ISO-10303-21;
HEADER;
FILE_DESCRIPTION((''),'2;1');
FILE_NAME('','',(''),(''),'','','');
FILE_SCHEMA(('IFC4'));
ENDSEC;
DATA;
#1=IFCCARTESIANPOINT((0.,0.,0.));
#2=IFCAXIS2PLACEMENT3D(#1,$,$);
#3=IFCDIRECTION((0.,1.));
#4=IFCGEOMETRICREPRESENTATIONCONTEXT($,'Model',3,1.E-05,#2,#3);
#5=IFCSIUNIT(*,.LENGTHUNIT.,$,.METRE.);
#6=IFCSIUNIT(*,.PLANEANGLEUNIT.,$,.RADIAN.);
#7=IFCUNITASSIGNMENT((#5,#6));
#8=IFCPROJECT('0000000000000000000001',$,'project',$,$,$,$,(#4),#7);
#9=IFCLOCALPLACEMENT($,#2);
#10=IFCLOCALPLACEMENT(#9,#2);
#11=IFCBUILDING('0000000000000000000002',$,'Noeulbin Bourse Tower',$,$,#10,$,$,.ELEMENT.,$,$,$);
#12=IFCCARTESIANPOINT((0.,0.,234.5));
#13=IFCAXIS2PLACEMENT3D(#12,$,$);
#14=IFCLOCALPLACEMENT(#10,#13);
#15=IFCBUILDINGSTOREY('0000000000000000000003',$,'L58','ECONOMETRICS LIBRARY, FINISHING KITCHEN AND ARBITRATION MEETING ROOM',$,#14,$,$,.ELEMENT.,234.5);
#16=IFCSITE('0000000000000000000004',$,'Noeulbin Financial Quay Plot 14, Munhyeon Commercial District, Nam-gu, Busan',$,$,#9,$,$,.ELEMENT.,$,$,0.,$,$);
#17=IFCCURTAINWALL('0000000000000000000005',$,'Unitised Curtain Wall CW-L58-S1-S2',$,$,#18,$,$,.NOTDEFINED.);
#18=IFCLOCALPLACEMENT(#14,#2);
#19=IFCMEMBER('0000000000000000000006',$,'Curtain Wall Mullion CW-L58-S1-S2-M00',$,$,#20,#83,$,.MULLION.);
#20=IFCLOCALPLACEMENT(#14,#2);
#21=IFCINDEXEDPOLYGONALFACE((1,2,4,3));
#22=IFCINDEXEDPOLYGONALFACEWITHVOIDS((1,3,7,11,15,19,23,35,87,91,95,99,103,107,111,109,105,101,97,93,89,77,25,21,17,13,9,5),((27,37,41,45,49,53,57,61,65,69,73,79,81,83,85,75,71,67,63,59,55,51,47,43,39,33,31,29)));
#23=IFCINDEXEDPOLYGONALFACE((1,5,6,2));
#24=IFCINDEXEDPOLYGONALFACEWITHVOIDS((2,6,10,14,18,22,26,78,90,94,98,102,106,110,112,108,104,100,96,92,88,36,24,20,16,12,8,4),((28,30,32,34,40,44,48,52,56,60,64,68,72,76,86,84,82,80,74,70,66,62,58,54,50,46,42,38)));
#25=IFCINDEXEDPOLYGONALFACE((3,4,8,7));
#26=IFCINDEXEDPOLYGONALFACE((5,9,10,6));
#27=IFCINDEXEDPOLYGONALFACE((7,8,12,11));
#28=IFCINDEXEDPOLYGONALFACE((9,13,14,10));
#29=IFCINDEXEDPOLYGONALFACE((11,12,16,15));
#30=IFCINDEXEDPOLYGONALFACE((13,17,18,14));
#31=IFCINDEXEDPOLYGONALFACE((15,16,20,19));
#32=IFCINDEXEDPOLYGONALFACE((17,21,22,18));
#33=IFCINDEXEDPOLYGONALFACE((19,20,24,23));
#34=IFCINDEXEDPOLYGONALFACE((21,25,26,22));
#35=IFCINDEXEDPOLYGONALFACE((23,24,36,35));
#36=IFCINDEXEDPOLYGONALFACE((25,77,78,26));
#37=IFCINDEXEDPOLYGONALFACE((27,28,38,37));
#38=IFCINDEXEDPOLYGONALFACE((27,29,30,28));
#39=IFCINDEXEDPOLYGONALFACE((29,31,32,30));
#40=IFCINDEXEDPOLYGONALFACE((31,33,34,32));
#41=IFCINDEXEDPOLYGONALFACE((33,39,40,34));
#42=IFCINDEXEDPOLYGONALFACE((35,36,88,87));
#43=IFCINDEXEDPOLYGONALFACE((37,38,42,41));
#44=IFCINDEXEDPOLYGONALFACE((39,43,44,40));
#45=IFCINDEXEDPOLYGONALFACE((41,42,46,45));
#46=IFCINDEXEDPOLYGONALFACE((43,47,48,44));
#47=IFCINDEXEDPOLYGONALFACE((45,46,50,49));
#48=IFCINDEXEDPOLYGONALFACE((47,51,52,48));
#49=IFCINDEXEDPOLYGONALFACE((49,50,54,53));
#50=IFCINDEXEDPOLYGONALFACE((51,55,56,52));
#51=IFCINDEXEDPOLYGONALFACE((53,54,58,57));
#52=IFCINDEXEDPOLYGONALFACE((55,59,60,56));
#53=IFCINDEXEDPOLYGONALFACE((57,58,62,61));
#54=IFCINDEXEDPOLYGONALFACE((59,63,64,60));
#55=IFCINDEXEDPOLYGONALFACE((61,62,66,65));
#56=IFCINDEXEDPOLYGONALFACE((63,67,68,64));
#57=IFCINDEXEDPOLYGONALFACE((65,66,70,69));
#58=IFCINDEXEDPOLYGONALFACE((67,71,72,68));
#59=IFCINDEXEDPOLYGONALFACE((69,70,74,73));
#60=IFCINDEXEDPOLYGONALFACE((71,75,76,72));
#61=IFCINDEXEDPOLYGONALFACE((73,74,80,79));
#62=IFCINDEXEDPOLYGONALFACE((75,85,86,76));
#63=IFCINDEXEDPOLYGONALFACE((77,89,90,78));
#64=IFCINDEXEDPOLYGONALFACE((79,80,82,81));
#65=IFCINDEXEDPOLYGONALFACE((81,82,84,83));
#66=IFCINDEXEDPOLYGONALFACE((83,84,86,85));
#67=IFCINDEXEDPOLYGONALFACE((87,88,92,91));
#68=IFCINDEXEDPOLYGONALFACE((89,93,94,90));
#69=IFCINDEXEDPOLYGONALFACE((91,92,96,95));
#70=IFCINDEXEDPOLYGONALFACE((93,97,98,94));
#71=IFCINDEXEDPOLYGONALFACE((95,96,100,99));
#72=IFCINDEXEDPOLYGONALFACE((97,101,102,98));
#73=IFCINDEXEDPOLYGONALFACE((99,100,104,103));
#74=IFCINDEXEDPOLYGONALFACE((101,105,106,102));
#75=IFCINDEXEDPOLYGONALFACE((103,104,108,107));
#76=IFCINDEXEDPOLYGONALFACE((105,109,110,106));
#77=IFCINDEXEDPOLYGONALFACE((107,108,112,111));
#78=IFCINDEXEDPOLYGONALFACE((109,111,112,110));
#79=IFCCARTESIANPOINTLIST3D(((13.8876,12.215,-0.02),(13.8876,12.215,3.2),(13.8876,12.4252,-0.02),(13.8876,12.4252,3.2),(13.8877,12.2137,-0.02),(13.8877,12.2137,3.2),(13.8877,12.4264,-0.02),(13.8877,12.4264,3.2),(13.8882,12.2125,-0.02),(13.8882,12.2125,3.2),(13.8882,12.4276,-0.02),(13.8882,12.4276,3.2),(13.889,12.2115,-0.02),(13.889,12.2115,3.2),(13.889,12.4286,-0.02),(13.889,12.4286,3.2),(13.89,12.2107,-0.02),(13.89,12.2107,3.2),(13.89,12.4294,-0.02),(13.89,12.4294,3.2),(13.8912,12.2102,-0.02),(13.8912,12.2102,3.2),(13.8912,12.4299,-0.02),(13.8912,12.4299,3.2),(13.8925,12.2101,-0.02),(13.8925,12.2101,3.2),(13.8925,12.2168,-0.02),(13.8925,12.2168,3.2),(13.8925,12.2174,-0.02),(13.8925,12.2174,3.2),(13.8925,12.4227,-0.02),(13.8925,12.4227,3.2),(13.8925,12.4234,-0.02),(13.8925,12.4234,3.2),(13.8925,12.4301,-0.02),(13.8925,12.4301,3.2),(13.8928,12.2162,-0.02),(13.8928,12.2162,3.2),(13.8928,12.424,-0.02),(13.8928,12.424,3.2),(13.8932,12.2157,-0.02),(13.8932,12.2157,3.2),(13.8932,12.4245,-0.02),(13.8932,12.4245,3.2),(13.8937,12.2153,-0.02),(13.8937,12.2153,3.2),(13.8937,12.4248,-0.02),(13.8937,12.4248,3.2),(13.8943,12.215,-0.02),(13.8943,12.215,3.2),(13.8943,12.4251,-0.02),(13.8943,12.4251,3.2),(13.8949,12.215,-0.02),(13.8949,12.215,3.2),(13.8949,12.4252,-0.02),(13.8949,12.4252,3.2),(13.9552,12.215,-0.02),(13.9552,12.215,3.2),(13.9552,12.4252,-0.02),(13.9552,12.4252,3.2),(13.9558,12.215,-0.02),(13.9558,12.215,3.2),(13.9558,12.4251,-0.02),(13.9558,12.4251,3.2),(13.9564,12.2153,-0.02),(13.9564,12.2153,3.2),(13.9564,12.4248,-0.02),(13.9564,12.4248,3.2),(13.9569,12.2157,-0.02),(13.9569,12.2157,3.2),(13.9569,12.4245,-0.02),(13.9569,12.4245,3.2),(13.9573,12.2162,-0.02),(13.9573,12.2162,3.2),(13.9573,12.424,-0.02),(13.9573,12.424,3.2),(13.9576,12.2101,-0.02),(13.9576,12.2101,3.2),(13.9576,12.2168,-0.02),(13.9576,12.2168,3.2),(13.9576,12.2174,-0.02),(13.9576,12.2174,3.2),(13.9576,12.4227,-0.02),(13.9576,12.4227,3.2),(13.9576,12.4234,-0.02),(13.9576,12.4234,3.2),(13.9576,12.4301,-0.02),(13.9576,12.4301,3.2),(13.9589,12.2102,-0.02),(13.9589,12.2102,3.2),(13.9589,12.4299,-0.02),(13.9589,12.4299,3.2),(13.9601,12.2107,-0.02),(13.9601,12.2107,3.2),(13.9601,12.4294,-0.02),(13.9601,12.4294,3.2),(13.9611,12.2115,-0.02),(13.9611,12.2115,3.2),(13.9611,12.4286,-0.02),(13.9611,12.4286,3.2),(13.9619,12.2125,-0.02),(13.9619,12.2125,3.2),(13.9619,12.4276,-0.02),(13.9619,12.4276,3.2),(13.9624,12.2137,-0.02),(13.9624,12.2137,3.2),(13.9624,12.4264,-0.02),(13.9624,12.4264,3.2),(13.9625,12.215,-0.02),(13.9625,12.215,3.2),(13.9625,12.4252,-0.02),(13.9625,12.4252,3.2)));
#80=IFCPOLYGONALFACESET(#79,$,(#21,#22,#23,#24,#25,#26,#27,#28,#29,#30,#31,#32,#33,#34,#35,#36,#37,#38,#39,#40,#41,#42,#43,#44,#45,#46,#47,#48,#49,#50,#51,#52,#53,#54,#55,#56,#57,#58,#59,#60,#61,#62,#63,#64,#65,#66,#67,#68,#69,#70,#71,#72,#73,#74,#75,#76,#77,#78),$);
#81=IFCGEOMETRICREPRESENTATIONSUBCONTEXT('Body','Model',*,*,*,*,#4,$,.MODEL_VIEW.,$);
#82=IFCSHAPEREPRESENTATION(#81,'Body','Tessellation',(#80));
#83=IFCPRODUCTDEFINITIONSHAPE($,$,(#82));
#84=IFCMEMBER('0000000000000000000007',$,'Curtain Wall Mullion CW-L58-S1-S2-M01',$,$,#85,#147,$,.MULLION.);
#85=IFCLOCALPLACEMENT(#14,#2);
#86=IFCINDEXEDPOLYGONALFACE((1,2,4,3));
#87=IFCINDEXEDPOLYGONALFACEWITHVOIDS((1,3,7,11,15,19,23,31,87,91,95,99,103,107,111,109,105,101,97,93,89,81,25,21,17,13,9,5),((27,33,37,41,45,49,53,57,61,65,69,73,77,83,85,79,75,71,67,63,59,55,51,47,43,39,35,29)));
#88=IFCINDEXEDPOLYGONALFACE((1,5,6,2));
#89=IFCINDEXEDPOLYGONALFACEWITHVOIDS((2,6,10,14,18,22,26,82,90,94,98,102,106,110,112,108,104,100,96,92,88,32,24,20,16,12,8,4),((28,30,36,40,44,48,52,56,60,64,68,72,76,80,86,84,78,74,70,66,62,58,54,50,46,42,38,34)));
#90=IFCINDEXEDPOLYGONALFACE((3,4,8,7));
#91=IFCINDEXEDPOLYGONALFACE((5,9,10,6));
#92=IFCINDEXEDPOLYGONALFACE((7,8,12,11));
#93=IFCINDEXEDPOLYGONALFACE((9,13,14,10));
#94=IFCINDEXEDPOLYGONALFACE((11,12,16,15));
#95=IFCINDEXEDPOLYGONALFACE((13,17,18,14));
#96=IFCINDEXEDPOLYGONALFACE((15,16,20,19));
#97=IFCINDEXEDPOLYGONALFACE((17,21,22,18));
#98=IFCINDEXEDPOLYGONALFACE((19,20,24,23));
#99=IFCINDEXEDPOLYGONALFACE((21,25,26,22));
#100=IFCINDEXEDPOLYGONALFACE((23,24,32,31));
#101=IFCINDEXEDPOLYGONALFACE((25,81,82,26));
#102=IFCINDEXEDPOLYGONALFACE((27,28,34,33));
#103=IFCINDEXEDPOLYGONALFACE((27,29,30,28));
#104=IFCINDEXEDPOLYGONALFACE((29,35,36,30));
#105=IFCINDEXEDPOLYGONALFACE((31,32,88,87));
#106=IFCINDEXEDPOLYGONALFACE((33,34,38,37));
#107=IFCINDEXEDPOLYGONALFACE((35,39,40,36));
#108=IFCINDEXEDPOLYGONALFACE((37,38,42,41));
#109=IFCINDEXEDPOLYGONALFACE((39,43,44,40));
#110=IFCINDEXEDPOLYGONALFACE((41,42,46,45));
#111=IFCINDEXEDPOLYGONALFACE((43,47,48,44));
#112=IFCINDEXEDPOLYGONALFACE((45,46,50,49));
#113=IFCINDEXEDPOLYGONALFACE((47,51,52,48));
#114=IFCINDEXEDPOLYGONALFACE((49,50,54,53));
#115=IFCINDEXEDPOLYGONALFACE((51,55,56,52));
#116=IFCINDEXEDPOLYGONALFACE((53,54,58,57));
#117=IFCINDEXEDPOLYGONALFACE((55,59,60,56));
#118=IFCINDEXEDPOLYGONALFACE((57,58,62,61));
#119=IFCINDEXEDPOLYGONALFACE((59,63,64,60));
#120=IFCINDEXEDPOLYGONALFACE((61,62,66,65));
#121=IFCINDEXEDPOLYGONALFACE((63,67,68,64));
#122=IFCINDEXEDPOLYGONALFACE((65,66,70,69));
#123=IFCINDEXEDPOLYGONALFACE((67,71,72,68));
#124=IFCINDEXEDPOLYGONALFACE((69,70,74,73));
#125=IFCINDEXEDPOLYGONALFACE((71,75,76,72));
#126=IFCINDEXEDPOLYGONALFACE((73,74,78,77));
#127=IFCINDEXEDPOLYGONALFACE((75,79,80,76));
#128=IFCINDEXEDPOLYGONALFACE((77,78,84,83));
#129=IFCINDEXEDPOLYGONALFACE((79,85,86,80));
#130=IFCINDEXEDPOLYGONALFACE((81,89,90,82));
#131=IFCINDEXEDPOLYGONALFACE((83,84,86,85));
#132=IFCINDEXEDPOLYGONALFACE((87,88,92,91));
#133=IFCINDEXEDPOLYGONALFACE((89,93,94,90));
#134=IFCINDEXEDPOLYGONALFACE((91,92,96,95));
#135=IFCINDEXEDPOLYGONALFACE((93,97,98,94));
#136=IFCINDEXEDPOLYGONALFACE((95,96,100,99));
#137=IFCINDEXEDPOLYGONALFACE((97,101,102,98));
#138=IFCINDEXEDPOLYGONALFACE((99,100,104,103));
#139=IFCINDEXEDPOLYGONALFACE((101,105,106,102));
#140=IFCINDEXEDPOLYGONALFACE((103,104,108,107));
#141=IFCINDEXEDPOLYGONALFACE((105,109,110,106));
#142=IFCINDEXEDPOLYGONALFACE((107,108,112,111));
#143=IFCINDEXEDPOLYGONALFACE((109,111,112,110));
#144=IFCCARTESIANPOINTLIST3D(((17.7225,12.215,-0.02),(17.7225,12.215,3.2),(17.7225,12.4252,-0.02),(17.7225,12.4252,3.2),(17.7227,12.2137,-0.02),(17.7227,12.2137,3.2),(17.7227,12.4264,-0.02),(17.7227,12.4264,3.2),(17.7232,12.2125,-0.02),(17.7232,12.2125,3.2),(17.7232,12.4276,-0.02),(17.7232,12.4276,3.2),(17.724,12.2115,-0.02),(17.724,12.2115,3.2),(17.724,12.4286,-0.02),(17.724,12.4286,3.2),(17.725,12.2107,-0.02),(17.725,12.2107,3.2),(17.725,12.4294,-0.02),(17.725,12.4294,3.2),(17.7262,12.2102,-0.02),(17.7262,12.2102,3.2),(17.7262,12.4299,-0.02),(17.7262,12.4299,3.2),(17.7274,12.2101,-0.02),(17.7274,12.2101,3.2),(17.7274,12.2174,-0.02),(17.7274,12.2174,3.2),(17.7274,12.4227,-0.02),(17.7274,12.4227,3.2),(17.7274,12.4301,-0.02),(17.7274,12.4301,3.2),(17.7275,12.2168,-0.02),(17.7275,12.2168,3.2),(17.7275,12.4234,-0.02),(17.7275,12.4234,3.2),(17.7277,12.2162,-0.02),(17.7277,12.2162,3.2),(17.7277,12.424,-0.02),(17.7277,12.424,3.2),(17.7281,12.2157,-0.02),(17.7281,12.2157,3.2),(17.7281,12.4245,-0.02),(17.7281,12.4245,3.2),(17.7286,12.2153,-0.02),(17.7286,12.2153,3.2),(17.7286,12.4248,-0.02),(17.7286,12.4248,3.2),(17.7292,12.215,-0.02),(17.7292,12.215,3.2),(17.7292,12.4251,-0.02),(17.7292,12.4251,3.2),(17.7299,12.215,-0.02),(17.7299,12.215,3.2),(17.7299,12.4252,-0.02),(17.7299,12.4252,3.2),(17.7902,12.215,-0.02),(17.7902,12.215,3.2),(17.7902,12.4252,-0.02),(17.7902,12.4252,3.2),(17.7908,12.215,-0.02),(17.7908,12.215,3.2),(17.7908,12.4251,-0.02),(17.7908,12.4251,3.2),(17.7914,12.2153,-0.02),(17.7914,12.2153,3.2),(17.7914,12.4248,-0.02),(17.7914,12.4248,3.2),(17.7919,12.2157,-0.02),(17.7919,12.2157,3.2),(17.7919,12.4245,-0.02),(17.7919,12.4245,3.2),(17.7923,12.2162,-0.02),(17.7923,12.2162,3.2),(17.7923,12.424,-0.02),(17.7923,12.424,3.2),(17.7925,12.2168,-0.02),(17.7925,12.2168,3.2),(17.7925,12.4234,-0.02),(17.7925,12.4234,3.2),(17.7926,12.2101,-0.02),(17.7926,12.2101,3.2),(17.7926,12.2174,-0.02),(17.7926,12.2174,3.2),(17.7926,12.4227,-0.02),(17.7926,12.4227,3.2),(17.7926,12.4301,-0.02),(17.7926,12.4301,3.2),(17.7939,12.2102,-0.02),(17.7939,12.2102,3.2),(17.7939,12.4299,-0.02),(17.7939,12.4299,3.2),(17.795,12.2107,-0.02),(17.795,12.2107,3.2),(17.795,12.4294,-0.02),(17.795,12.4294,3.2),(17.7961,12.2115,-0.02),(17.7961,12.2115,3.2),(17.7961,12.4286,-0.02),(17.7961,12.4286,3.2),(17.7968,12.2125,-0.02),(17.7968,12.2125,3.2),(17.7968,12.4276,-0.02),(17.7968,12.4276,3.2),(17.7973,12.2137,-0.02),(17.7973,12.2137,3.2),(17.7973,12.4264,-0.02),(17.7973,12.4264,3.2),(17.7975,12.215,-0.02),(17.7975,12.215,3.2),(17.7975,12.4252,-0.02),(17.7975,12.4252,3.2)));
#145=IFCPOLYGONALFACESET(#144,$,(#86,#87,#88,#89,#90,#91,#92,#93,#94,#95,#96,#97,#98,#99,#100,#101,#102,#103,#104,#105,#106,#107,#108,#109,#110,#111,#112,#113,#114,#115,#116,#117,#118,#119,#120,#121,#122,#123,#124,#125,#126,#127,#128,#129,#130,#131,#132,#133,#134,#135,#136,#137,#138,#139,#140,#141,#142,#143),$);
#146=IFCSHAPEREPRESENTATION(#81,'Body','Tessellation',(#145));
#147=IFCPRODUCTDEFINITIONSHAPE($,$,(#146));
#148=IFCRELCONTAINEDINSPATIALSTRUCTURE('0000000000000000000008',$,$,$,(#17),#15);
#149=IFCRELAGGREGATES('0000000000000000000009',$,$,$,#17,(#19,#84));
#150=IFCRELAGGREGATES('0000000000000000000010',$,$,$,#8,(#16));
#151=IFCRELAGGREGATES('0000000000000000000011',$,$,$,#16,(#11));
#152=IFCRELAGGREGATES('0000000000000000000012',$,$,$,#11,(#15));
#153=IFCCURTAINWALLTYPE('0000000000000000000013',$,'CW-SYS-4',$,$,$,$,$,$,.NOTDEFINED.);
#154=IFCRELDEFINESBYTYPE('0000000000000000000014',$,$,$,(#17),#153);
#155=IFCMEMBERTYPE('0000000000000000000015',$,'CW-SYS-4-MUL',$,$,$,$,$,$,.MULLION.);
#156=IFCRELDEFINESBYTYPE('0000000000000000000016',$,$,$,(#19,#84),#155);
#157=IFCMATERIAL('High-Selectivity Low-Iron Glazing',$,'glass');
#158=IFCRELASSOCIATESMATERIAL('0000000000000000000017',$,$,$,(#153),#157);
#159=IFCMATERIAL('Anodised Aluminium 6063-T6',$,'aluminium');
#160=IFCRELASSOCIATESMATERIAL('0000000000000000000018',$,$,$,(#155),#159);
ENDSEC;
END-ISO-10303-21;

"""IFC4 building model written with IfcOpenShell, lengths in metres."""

from ifc_helpers import new_model, si_unit, direction, frame, origin, origin_2d, place, context, subcontext, project, spatial, hollow_rectangle, extrude, material, material_profile, profile_set, type_object, element, aggregate, save


model = new_model("IFC4")

# Units and contexts
model_context = context("Model", 3, precision=1e-05, world=origin(), true_north=direction((0.0, 1.0)))
body_context = subcontext(model_context, "Body", "Model", "MODEL_VIEW")
ifc_project = project(units=[si_unit("LENGTHUNIT", "METRE"), si_unit("PLANEANGLEUNIT", "RADIAN")], contexts=[model_context])

# Site, building, storey
site_placement = place(None, origin())
site = spatial("IfcSite", under=ifc_project, at=site_placement, Name="Noeulbin Financial Quay Plot 14, Munhyeon Commercial District, Nam-gu, Busan", CompositionType="ELEMENT", RefElevation=0.0)
building_placement = place(site_placement, origin())
building = spatial("IfcBuilding", under=site, at=building_placement, Name="Noeulbin Bourse Tower", CompositionType="ELEMENT")
storey_placement = place(building_placement, frame((0.0, 0.0, 234.5)))
storey = spatial("IfcBuildingStorey", under=building, at=storey_placement, Name="L58", Description="ECONOMETRICS LIBRARY, FINISHING KITCHEN AND ARBITRATION MEETING ROOM", CompositionType="ELEMENT", Elevation=234.5)

# Curtain wall, members
ifc_material_1 = material(Name="High-Selectivity Low-Iron Glazing", Category="glass")
curtain_wall_type = type_object("IfcCurtainWallType", Name="CW-SYS-4", PredefinedType="NOTDEFINED", material=ifc_material_1)
curtain_wall_1_placement = place(storey_placement, origin())
curtain_wall_1 = element("IfcCurtainWall", 1, at=curtain_wall_1_placement, inside=storey, type_object=curtain_wall_type, Name="Unitised Curtain Wall CW-L58-S1-S2", PredefinedType="NOTDEFINED")
ifc_material_2 = material(Name="Anodised Aluminium 6063-T6", Category="aluminium")
ifc_material_profile_1 = material_profile(ifc_material_2, hollow_rectangle(XDim=0.075, YDim=0.22, WallThickness=0.0049, InnerFilletRadius=0.0024, OuterFilletRadius=0.0049, at=origin_2d()), Name="ALU-MULL-75x220x5", Category="LoadBearing")
ifc_profile_set_1 = profile_set([ifc_material_profile_1], Name="Anodised Aluminium 6063-T6")
member_type_1 = type_object("IfcMemberType", Name="CW-SYS-4-MUL", PredefinedType="MULLION", material=ifc_profile_set_1)
member_1_placement = place(storey_placement, frame((13.925, 12.3201, -0.02), z_axis=(0.0, 0.0, 1.0), x_axis=(1.0, 0.0, 0.0)))
member_1 = element("IfcMember", 2, at=member_1_placement, type_object=member_type_1, Name="Curtain Wall Mullion CW-L58-S1-S2-M00", PredefinedType="MULLION", context=body_context, shape_type="SweptSolid", body=[
    extrude(hollow_rectangle(XDim=0.075, YDim=0.22, WallThickness=0.0049, InnerFilletRadius=0.0024, OuterFilletRadius=0.0049, at=origin_2d()), origin(), (0.0, 0.0, 1.0), 3.22),
])
member_2_placement = place(storey_placement, frame((17.76, 12.3201, -0.02), z_axis=(0.0, 0.0, 1.0), x_axis=(1.0, 0.0, 0.0)))
member_2 = element("IfcMember", 3, at=member_2_placement, type_object=member_type_1, Name="Curtain Wall Mullion CW-L58-S1-S2-M01", PredefinedType="MULLION", context=body_context, shape_type="SweptSolid", body=[
    extrude(hollow_rectangle(XDim=0.075, YDim=0.22, WallThickness=0.0049, InnerFilletRadius=0.0024, OuterFilletRadius=0.0049, at=origin_2d()), origin(), (0.0, 0.0, 1.0), 3.22),
])

aggregate(curtain_wall_1, [member_1, member_2])

save(model, "model.ifc")
